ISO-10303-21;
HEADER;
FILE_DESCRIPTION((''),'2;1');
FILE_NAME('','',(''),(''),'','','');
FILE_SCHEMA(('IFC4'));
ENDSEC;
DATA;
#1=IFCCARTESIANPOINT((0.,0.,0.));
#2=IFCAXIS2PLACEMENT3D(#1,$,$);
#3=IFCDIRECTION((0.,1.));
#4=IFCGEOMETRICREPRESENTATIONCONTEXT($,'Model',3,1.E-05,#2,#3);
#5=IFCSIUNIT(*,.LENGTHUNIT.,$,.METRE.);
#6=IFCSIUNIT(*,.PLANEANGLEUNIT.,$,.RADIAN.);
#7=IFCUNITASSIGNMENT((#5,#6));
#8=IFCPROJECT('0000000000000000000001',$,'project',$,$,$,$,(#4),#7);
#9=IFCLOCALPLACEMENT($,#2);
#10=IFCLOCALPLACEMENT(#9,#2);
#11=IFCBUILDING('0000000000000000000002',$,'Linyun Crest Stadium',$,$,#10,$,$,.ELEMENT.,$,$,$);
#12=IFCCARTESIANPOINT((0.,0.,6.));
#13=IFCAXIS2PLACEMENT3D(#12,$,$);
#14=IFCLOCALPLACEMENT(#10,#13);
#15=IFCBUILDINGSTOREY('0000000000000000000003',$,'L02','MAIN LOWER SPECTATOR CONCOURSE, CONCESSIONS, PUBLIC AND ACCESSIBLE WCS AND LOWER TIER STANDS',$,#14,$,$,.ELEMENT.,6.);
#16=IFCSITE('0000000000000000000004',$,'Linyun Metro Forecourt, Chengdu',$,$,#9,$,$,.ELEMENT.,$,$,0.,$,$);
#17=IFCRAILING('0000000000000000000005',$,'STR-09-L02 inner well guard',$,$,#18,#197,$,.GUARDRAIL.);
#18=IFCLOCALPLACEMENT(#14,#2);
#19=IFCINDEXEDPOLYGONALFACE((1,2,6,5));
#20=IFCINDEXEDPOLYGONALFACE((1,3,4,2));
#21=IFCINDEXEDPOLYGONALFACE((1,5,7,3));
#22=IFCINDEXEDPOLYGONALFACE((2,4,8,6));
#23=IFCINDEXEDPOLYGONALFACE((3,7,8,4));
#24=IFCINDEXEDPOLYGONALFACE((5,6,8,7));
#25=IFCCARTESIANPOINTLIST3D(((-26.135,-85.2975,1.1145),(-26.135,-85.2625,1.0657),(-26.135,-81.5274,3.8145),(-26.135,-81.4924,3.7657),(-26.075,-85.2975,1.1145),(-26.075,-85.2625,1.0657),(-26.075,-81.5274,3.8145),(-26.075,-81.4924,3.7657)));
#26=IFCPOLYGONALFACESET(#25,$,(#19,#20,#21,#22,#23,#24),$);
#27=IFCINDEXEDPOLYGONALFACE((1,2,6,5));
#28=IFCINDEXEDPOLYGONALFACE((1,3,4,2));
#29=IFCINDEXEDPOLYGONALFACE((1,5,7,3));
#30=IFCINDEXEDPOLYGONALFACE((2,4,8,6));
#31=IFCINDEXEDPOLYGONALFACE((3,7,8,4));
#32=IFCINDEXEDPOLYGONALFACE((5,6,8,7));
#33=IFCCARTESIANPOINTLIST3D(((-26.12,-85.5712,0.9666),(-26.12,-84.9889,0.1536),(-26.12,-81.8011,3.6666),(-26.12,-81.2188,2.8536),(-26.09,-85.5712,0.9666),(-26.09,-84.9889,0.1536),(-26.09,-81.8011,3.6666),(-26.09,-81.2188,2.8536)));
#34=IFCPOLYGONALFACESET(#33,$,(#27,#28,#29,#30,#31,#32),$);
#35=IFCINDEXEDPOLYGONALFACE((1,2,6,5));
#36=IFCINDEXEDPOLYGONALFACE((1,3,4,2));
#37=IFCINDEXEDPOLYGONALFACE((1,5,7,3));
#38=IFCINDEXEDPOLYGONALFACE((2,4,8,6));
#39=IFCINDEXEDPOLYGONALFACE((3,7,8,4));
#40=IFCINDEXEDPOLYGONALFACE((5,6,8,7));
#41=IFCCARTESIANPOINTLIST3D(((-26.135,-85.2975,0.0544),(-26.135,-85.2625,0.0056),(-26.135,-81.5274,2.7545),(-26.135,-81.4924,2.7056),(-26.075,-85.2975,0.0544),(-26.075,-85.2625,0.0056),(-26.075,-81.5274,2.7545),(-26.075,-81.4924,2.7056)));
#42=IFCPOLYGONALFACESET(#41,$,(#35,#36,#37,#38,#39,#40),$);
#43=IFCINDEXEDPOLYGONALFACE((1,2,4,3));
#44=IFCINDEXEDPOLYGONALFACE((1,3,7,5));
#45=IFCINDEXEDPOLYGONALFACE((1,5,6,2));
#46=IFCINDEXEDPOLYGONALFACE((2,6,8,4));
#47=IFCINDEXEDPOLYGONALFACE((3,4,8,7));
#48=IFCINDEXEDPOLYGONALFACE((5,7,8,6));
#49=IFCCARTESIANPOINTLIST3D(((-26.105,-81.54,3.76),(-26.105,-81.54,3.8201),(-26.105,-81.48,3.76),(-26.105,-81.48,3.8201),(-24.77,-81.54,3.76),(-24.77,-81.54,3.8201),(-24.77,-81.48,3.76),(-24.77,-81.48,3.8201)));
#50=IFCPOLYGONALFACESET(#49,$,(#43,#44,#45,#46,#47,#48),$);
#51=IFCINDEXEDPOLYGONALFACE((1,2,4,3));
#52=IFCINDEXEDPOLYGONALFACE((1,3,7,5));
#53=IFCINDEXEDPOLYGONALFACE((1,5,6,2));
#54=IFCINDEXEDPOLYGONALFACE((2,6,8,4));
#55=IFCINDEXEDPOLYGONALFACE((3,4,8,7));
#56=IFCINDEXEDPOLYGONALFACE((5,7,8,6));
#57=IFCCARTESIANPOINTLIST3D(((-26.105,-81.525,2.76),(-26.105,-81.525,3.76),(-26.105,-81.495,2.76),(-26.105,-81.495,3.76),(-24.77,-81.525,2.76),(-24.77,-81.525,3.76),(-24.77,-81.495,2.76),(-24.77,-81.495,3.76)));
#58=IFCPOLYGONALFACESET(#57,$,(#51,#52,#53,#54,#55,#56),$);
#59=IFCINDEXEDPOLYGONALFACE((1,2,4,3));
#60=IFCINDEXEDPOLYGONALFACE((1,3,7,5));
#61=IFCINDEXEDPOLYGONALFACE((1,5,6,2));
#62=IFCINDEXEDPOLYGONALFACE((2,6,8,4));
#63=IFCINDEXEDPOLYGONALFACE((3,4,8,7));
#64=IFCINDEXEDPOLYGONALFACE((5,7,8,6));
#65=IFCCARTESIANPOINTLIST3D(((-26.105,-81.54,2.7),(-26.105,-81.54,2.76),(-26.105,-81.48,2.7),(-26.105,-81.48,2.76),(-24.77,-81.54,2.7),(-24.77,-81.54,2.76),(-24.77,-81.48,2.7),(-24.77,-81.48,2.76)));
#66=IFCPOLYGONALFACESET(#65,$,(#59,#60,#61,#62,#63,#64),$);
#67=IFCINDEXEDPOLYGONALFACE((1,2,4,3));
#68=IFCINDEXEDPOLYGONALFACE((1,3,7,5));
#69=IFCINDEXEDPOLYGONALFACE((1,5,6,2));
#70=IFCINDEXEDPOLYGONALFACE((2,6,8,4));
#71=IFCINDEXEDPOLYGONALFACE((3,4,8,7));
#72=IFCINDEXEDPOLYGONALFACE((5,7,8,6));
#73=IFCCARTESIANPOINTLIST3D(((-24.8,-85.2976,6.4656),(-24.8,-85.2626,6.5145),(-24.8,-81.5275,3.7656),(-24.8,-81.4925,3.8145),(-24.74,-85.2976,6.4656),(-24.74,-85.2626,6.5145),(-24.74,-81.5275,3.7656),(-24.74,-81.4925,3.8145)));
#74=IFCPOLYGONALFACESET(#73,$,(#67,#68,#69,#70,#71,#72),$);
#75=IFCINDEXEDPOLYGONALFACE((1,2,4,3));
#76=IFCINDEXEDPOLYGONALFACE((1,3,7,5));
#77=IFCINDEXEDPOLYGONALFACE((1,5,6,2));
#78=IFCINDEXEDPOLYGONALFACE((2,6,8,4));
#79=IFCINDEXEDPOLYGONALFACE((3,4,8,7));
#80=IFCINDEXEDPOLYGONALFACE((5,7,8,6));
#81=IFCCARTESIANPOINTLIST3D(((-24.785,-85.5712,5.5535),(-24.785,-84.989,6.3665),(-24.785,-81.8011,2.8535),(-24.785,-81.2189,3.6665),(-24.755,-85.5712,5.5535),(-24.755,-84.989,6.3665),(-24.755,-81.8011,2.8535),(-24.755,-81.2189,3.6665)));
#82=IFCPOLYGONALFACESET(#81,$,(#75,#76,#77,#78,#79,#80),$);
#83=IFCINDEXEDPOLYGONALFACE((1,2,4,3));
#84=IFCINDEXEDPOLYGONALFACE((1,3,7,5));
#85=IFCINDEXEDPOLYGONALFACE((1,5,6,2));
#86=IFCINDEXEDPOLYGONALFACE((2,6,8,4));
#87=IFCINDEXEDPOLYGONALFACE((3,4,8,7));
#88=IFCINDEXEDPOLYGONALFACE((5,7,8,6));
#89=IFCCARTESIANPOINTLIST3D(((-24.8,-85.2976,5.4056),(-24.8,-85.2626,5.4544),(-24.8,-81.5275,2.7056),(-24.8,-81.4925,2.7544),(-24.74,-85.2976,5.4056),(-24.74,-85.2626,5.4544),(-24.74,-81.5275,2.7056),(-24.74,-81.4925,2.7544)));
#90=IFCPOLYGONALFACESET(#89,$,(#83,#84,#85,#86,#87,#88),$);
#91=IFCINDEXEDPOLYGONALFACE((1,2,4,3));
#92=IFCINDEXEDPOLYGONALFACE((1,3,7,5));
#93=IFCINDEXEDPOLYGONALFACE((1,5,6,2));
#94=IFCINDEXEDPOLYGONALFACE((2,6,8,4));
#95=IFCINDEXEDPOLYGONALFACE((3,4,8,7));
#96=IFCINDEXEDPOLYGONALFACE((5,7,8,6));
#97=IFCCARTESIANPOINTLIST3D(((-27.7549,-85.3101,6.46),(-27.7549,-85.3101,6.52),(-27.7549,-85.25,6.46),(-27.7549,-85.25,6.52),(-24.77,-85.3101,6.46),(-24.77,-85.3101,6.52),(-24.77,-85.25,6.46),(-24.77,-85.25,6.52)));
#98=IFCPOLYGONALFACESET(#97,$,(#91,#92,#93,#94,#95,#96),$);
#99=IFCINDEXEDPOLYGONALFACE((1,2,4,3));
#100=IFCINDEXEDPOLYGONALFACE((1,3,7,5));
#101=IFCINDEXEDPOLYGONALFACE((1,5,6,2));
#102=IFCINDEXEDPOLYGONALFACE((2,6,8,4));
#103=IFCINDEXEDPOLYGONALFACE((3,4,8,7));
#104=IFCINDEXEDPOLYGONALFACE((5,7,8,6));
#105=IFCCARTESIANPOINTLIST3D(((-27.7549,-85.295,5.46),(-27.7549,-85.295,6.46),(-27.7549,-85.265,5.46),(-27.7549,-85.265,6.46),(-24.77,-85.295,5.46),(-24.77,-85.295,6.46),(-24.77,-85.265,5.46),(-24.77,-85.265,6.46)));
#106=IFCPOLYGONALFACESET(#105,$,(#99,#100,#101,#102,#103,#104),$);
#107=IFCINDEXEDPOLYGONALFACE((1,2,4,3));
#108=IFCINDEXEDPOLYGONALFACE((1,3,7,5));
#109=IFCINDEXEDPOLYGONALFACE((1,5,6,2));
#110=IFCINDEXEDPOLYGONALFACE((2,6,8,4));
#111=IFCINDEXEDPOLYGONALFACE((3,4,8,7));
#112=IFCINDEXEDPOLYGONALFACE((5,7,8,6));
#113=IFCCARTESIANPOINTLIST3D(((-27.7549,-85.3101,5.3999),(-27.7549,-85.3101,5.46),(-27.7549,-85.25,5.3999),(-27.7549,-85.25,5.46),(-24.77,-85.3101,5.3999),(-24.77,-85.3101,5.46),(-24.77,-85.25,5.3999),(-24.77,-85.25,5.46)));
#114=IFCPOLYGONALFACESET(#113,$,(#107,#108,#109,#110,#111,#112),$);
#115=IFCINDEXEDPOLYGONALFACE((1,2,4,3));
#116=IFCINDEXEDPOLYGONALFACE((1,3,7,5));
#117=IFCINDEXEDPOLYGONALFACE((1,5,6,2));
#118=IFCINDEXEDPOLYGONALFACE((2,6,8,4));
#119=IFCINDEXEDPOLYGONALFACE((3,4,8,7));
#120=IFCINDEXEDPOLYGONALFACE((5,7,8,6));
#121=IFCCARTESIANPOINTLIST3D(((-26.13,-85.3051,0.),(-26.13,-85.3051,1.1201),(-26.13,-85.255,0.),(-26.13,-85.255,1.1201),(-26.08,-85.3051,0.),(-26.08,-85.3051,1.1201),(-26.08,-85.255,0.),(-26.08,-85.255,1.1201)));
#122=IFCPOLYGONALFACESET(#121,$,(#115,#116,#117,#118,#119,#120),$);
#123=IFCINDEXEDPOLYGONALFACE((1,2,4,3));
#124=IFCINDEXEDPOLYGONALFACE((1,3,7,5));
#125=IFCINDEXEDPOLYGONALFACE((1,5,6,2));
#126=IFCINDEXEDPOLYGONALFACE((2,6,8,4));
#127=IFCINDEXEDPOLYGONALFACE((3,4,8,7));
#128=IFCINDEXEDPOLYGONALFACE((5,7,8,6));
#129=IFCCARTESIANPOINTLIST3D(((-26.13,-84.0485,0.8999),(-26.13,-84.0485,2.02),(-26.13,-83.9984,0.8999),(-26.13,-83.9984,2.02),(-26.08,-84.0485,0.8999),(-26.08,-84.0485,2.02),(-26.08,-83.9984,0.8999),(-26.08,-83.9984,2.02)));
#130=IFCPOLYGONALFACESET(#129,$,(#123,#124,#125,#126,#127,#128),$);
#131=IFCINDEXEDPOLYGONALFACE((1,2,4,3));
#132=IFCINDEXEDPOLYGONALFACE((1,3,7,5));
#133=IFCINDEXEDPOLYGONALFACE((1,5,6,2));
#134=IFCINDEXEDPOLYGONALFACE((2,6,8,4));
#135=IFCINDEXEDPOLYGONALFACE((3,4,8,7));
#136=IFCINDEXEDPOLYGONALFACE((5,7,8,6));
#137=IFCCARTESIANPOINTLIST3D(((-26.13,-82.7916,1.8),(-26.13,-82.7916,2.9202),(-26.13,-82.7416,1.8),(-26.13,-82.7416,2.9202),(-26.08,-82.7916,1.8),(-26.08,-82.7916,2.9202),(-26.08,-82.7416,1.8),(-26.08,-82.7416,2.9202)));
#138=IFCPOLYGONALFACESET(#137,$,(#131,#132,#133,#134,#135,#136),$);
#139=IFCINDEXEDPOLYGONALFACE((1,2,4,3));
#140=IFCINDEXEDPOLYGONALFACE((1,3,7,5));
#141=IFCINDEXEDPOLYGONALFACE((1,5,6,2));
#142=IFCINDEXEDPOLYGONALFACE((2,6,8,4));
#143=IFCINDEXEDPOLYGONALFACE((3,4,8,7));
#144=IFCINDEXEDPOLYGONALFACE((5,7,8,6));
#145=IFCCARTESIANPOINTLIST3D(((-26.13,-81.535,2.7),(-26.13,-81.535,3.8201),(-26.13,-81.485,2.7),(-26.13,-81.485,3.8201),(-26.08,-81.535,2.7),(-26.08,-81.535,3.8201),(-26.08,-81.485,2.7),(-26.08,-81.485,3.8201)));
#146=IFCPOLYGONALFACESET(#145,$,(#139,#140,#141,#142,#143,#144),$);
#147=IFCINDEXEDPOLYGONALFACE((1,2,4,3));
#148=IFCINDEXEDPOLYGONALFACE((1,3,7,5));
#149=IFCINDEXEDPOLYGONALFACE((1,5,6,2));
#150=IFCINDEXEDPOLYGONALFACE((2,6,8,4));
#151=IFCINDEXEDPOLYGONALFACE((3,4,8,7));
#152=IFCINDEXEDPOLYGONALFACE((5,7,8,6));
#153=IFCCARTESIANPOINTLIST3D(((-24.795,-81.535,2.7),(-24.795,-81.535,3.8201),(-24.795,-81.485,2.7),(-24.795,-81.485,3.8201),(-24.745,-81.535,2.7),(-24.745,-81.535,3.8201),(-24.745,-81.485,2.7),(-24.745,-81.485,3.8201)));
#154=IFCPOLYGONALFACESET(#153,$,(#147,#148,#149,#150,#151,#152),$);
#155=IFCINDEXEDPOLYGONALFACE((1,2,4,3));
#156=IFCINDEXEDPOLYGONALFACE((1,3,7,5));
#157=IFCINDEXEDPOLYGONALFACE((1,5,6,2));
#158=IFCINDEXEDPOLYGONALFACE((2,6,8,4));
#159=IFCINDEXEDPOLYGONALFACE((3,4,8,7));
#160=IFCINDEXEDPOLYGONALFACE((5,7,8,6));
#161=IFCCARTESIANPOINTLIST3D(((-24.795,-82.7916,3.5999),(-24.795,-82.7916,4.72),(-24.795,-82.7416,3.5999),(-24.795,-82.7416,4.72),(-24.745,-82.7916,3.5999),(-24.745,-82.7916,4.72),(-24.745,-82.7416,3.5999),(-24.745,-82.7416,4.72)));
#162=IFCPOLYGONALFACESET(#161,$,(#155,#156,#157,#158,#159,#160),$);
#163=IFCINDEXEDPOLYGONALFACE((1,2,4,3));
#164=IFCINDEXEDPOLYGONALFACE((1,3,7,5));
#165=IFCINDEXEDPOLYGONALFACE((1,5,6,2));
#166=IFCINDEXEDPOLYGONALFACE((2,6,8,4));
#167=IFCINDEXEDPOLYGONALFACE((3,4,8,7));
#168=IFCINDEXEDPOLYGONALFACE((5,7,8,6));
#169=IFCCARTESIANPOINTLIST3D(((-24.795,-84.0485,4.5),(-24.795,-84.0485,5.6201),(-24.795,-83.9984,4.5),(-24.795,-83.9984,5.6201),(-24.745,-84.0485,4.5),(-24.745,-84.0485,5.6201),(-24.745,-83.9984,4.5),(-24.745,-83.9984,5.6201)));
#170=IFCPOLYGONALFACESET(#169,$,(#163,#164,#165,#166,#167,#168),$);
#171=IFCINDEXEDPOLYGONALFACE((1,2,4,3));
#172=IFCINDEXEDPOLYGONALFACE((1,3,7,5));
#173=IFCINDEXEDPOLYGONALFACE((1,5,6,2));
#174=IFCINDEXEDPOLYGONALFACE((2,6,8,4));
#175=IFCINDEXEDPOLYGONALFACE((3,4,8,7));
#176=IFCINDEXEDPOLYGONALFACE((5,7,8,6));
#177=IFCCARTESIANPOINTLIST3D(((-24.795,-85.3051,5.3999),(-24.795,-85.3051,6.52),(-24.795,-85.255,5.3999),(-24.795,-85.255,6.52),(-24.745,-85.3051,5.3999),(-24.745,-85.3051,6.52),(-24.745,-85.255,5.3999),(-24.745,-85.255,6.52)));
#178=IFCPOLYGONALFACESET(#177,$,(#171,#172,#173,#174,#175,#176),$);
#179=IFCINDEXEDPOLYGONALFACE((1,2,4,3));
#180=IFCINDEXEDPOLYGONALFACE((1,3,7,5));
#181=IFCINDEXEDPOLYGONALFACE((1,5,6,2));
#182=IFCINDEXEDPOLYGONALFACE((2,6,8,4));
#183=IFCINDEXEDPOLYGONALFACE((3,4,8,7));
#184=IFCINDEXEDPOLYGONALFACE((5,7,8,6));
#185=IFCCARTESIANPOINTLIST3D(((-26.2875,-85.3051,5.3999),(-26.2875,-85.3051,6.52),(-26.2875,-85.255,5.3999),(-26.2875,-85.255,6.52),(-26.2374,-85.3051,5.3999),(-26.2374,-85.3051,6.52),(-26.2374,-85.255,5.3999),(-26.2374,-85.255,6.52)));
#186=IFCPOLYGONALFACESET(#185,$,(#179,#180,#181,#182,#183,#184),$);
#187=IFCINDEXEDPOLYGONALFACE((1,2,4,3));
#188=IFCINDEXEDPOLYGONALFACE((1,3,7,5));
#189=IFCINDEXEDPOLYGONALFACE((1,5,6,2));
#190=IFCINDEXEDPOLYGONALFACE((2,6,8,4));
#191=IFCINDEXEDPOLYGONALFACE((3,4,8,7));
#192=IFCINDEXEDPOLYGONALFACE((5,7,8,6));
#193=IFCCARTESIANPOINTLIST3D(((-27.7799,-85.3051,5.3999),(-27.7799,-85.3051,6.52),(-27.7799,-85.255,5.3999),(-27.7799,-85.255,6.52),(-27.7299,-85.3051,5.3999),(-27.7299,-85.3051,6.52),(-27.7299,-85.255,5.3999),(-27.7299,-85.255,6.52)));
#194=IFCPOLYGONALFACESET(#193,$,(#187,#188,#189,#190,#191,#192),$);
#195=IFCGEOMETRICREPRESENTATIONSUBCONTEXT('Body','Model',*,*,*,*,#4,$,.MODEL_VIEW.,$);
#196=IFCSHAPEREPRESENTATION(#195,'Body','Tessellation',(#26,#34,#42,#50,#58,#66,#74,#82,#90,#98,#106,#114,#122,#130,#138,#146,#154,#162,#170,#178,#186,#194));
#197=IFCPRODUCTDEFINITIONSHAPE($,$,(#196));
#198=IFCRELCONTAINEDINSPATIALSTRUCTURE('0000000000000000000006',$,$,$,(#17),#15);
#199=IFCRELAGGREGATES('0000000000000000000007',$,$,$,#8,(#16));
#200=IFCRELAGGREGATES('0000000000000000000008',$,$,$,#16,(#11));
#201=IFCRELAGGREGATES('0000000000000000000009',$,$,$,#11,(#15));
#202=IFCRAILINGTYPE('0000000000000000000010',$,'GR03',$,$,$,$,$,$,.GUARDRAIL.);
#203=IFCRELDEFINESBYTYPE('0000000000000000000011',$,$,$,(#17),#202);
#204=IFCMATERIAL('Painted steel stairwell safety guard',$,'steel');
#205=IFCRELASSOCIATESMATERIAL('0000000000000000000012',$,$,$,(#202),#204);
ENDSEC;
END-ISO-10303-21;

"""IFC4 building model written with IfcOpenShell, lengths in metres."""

from ifc_helpers import new_model, si_unit, direction, frame, origin, origin_2d, place, context, subcontext, project, spatial, rectangle, extrude, material, type_object, element, save


model = new_model("IFC4")

# Units and contexts
model_context = context("Model", 3, precision=1e-05, world=origin(), true_north=direction((0.0, 1.0)))
body_context = subcontext(model_context, "Body", "Model", "MODEL_VIEW")
ifc_project = project(units=[si_unit("LENGTHUNIT", "METRE"), si_unit("PLANEANGLEUNIT", "RADIAN")], contexts=[model_context])

# Site, building, storey
site_placement = place(None, origin())
site = spatial("IfcSite", under=ifc_project, at=site_placement, Name="Linyun Metro Forecourt, Chengdu", CompositionType="ELEMENT", RefElevation=0.0)
building_placement = place(site_placement, origin())
building = spatial("IfcBuilding", under=site, at=building_placement, Name="Linyun Crest Stadium", CompositionType="ELEMENT")
storey_placement = place(building_placement, frame((0.0, 0.0, 6.0)))
storey = spatial("IfcBuildingStorey", under=building, at=storey_placement, Name="L02", Description="MAIN LOWER SPECTATOR CONCOURSE, CONCESSIONS, PUBLIC AND ACCESSIBLE WCS AND LOWER TIER STANDS", CompositionType="ELEMENT", Elevation=6.0)

# Railing
ifc_material_1 = material(Name="Painted steel stairwell safety guard", Category="steel")
railing_type_1 = type_object("IfcRailingType", Name="GR03", PredefinedType="GUARDRAIL", material=ifc_material_1)
railing_1_placement = place(storey_placement, frame((-26.105, -85.28, 0.0)))
element("IfcRailing", 1, at=railing_1_placement, inside=storey, type_object=railing_type_1, Name="STR-09-L02 inner well guard", PredefinedType="GUARDRAIL", context=body_context, shape_type="SweptSolid", body=[
    extrude(rectangle(XDim=0.0601, YDim=0.0601, at=origin_2d()), frame((0.0, 0.0, 1.0901), z_axis=(0.0, 0.813011, 0.582249), x_axis=(-1.0, 0.0, 0.0)), (0.0, 0.0, 1.0), 4.6372),
    extrude(rectangle(XDim=0.03, YDim=1.0, at=origin_2d()), frame((0.0, 0.0, 0.5601), z_axis=(0.0, 0.813011, 0.582249), x_axis=(-1.0, 0.0, 0.0)), (0.0, 0.0, 1.0), 4.6372),
    extrude(rectangle(XDim=0.0601, YDim=0.0601, at=origin_2d()), frame((0.0, 0.0, 0.03), z_axis=(0.0, 0.813011, 0.582249), x_axis=(-1.0, 0.0, 0.0)), (0.0, 0.0, 1.0), 4.6372),
    extrude(rectangle(XDim=0.0601, YDim=0.0601, at=origin_2d()), frame((0.0, 3.77, 3.79), z_axis=(1.0, 0.0, 0.0), x_axis=(0.0, 1.0, 0.0)), (0.0, 0.0, 1.0), 1.335),
    extrude(rectangle(XDim=0.03, YDim=1.0, at=origin_2d()), frame((0.0, 3.77, 3.26), z_axis=(1.0, 0.0, 0.0), x_axis=(0.0, 1.0, 0.0)), (0.0, 0.0, 1.0), 1.335),
    extrude(rectangle(XDim=0.0601, YDim=0.0601, at=origin_2d()), frame((0.0, 3.77, 2.73), z_axis=(1.0, 0.0, 0.0), x_axis=(0.0, 1.0, 0.0)), (0.0, 0.0, 1.0), 1.335),
    extrude(rectangle(XDim=0.0601, YDim=0.0601, at=origin_2d()), frame((1.335, 3.77, 3.79), z_axis=(0.0, -0.813011, 0.582249), x_axis=(1.0, 0.0, 0.0)), (0.0, 0.0, 1.0), 4.6372),
    extrude(rectangle(XDim=0.03, YDim=1.0, at=origin_2d()), frame((1.335, 3.77, 3.26), z_axis=(0.0, -0.813011, 0.582249), x_axis=(1.0, 0.0, 0.0)), (0.0, 0.0, 1.0), 4.6372),
    extrude(rectangle(XDim=0.0601, YDim=0.0601, at=origin_2d()), frame((1.335, 3.77, 2.73), z_axis=(0.0, -0.813011, 0.582249), x_axis=(1.0, 0.0, 0.0)), (0.0, 0.0, 1.0), 4.6372),
    extrude(rectangle(XDim=0.0601, YDim=0.0601, at=origin_2d()), frame((1.335, 0.0, 6.49), z_axis=(-1.0, 0.0, 0.0), x_axis=(0.0, -1.0, 0.0)), (0.0, 0.0, 1.0), 2.9849),
    extrude(rectangle(XDim=0.03, YDim=1.0, at=origin_2d()), frame((1.335, 0.0, 5.96), z_axis=(-1.0, 0.0, 0.0), x_axis=(0.0, -1.0, 0.0)), (0.0, 0.0, 1.0), 2.9849),
    extrude(rectangle(XDim=0.0601, YDim=0.0601, at=origin_2d()), frame((1.335, 0.0, 5.4299), z_axis=(-1.0, 0.0, 0.0), x_axis=(0.0, -1.0, 0.0)), (0.0, 0.0, 1.0), 2.9849),
    extrude(rectangle(XDim=0.05, YDim=0.05, at=origin_2d()), origin(), (0.0, 0.0, 1.0), 1.1201),
    extrude(rectangle(XDim=0.05, YDim=0.05, at=origin_2d()), frame((0.0, 1.2566, 0.8999)), (0.0, 0.0, 1.0), 1.1201),
    extrude(rectangle(XDim=0.05, YDim=0.05, at=origin_2d()), frame((0.0, 2.5134, 1.8)), (0.0, 0.0, 1.0), 1.1201),
    extrude(rectangle(XDim=0.05, YDim=0.05, at=origin_2d()), frame((0.0, 3.77, 2.7)), (0.0, 0.0, 1.0), 1.1201),
    extrude(rectangle(XDim=0.05, YDim=0.05, at=origin_2d()), frame((1.335, 3.77, 2.7)), (0.0, 0.0, 1.0), 1.1201),
    extrude(rectangle(XDim=0.05, YDim=0.05, at=origin_2d()), frame((1.335, 2.5134, 3.5999)), (0.0, 0.0, 1.0), 1.1201),
    extrude(rectangle(XDim=0.05, YDim=0.05, at=origin_2d()), frame((1.335, 1.2566, 4.5)), (0.0, 0.0, 1.0), 1.1201),
    extrude(rectangle(XDim=0.05, YDim=0.05, at=origin_2d()), frame((1.335, 0.0, 5.3999)), (0.0, 0.0, 1.0), 1.1201),
    extrude(rectangle(XDim=0.05, YDim=0.05, at=origin_2d()), frame((-0.1575, 0.0, 5.3999)), (0.0, 0.0, 1.0), 1.1201),
    extrude(rectangle(XDim=0.05, YDim=0.05, at=origin_2d()), frame((-1.6499, 0.0, 5.3999)), (0.0, 0.0, 1.0), 1.1201),
])

save(model, "model.ifc")
